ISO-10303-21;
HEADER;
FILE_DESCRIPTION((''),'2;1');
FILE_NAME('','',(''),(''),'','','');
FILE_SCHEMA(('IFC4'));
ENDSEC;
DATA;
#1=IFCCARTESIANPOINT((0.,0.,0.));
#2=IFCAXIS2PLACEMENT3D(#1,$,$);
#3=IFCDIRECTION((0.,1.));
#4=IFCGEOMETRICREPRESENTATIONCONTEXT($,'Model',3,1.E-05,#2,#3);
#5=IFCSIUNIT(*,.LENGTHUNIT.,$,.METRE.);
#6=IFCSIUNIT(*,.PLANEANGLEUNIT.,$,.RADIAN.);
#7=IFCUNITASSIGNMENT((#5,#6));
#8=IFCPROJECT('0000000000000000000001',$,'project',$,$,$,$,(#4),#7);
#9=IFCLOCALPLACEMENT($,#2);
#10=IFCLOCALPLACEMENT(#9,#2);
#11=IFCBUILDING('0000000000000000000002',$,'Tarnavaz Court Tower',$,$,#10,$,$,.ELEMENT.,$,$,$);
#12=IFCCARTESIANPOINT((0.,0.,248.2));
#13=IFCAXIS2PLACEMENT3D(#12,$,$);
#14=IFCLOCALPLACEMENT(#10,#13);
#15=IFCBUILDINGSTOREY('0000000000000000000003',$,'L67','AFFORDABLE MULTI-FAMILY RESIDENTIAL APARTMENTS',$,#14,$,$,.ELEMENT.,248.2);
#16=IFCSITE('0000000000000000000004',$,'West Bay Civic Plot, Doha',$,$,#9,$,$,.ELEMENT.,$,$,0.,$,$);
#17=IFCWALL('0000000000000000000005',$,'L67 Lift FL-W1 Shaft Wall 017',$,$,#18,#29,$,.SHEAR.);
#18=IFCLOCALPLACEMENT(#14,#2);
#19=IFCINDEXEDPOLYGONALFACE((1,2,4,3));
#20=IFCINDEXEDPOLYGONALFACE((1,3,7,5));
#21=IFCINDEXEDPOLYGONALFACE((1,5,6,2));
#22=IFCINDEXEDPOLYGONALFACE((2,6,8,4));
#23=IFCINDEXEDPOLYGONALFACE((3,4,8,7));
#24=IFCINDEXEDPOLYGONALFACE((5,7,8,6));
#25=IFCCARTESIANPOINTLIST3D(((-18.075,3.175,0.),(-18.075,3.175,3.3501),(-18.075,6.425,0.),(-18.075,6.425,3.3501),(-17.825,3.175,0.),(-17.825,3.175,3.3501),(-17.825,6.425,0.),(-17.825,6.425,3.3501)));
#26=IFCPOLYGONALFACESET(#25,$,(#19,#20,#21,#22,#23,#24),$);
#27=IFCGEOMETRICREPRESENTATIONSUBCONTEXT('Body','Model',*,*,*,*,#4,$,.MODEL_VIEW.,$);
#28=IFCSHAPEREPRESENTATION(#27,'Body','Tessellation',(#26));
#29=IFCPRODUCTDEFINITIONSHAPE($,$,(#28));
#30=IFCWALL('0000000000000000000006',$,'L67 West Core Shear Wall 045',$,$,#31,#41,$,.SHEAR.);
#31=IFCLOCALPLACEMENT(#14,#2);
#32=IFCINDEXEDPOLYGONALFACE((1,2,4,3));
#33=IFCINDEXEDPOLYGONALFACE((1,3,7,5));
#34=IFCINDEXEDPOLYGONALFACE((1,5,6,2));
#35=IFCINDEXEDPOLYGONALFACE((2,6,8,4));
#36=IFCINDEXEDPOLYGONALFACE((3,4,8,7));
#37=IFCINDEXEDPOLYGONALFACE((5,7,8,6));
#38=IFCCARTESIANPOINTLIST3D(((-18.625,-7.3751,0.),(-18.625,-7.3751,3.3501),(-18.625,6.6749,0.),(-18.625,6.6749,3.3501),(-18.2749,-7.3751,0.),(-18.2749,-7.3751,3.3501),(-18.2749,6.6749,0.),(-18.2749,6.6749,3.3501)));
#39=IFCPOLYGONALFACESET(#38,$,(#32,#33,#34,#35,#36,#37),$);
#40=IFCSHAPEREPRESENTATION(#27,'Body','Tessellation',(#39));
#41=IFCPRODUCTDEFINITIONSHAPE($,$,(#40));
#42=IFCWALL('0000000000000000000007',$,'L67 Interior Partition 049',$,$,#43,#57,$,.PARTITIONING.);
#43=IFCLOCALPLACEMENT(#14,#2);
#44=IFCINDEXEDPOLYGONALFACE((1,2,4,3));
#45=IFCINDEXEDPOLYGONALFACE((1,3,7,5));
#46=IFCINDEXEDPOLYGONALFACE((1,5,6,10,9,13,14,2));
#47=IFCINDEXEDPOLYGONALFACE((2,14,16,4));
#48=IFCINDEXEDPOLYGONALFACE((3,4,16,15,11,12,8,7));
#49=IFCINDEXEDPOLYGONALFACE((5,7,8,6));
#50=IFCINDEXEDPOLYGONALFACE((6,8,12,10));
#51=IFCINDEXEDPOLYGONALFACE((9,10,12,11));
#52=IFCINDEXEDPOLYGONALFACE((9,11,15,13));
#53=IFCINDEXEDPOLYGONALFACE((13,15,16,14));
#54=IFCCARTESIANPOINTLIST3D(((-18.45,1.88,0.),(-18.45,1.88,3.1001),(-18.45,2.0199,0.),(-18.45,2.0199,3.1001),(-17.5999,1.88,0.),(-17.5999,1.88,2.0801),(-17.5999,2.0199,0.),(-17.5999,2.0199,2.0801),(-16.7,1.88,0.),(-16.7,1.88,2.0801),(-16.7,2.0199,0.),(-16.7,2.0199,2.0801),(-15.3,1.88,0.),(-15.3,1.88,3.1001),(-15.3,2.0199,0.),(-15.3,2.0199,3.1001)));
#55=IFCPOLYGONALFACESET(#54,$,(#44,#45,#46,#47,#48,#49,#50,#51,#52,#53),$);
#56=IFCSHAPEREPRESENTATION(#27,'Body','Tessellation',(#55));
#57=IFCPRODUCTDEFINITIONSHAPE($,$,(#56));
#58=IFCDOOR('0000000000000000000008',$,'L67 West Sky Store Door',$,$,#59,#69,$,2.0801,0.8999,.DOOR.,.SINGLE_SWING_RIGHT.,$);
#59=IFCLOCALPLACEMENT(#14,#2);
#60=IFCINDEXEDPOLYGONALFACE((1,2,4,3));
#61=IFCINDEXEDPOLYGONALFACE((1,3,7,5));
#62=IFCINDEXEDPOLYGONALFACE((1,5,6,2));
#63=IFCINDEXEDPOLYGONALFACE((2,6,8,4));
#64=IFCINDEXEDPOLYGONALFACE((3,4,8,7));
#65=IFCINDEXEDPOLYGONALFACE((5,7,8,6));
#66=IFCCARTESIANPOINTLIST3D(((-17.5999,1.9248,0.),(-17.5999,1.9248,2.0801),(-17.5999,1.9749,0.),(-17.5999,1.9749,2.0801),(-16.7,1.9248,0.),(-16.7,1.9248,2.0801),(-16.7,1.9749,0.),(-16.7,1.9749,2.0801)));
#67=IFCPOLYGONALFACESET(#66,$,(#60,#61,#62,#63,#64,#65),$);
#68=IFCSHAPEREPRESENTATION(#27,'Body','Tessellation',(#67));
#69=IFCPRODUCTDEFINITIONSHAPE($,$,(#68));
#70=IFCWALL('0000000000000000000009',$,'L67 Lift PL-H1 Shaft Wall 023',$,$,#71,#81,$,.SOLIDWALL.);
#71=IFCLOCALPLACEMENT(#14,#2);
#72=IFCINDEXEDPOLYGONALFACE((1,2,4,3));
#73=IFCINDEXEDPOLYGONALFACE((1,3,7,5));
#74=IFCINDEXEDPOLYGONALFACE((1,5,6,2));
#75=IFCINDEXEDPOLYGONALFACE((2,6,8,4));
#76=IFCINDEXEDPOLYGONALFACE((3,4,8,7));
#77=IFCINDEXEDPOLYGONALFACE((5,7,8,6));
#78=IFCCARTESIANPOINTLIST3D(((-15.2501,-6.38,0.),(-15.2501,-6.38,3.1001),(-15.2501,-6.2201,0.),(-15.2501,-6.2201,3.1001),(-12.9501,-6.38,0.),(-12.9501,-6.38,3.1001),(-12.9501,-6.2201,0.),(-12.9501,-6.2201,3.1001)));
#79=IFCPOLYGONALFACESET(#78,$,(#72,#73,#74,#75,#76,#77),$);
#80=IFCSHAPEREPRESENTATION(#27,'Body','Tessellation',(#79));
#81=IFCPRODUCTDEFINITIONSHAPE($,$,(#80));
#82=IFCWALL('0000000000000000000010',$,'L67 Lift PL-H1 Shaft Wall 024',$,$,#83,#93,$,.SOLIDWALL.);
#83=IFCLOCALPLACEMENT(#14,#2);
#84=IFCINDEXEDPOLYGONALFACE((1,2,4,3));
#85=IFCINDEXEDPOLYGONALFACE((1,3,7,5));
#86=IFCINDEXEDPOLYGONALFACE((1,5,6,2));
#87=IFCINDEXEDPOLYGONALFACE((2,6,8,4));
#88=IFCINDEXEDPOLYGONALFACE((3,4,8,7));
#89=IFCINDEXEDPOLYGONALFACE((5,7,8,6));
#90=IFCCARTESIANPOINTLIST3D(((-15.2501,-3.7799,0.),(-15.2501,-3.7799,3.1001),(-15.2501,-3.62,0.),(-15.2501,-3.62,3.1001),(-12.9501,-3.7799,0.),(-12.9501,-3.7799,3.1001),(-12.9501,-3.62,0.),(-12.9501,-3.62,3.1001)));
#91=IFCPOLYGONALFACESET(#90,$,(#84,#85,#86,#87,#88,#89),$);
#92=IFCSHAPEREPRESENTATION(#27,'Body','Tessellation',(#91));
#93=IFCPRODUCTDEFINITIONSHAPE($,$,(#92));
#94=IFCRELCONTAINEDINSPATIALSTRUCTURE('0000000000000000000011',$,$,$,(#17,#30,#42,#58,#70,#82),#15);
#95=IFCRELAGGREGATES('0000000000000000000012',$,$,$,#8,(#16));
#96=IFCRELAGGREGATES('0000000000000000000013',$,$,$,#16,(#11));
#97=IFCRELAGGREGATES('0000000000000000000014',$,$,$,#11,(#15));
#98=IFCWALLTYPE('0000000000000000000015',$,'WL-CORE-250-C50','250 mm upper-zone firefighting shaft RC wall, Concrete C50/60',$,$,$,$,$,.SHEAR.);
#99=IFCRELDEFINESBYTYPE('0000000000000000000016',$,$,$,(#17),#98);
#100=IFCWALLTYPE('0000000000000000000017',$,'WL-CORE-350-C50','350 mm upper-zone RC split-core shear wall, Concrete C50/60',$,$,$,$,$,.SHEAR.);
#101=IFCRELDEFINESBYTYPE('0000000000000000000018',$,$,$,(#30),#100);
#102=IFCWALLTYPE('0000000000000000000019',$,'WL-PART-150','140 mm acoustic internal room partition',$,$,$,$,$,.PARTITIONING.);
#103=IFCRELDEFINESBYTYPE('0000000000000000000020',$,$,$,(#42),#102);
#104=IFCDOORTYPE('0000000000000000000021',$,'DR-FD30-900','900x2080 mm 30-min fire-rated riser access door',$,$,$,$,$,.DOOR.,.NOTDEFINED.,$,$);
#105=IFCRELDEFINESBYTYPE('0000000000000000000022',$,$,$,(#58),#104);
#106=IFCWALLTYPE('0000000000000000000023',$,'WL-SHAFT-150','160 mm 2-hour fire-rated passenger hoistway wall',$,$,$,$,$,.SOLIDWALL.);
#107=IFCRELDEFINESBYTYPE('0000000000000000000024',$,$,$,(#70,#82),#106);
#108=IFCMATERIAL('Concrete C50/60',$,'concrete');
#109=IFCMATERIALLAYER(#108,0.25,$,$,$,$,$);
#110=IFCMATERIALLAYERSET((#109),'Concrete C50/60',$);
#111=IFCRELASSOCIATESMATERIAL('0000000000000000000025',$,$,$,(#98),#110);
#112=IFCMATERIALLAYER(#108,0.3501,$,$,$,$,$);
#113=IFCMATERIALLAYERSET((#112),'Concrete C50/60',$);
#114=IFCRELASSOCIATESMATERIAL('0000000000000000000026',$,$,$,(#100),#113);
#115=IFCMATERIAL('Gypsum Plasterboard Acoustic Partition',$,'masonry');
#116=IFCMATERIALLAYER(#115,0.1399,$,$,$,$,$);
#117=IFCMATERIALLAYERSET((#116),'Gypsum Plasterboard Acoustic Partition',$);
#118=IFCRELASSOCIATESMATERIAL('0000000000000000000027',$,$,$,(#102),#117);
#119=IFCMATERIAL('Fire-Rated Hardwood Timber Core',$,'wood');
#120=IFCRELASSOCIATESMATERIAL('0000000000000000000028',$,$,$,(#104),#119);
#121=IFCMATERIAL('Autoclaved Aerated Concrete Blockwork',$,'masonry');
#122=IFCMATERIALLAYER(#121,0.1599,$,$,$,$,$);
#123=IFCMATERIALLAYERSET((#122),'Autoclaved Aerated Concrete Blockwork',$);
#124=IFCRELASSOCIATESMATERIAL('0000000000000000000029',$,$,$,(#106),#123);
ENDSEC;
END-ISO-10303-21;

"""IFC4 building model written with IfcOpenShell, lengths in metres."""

from ifc_helpers import new_model, si_unit, direction, frame, frame_2d, origin, place, context, subcontext, project, spatial, rectangle, extrude, material, layer, layer_set, type_object, element, fill, save


model = new_model("IFC4")

# Units and contexts
model_context = context("Model", 3, precision=1e-05, world=origin(), true_north=direction((0.0, 1.0)))
body_context = subcontext(model_context, "Body", "Model", "MODEL_VIEW")
ifc_project = project(units=[si_unit("LENGTHUNIT", "METRE"), si_unit("PLANEANGLEUNIT", "RADIAN")], contexts=[model_context])

# Site, building, storey
site_placement = place(None, origin())
site = spatial("IfcSite", under=ifc_project, at=site_placement, Name="West Bay Civic Plot, Doha", CompositionType="ELEMENT", RefElevation=0.0)
building_placement = place(site_placement, origin())
building = spatial("IfcBuilding", under=site, at=building_placement, Name="Tarnavaz Court Tower", CompositionType="ELEMENT")
storey_placement = place(building_placement, frame((0.0, 0.0, 248.2)))
storey = spatial("IfcBuildingStorey", under=building, at=storey_placement, Name="L67", Description="AFFORDABLE MULTI-FAMILY RESIDENTIAL APARTMENTS", CompositionType="ELEMENT", Elevation=248.2)

# Shared definitions
ifc_material_1 = material(Name="Concrete C50/60", Category="concrete")

# Walls
ifc_layer_1 = layer(ifc_material_1, 0.25)
ifc_layer_set_1 = layer_set([ifc_layer_1], Name="Concrete C50/60")
wall_type_1 = type_object("IfcWallType", Name="WL-CORE-250-C50", Description="250 mm upper-zone firefighting shaft RC wall, Concrete C50/60", PredefinedType="SHEAR", material=ifc_layer_set_1)
wall_1_placement = place(storey_placement, frame((-17.95, 3.175, 0.0), z_axis=(0.0, 0.0, 1.0), x_axis=(0.0, 1.0, 0.0)))
element("IfcWall", 1, at=wall_1_placement, inside=storey, type_object=wall_type_1, Name="L67 Lift FL-W1 Shaft Wall 017", PredefinedType="SHEAR", context=body_context, shape_type="SweptSolid", body=[
    extrude(rectangle(XDim=3.25, YDim=0.25, at=frame_2d((1.625, 0.0))), origin(), (0.0, 0.0, 1.0), 3.3501),
])
ifc_layer_2 = layer(ifc_material_1, 0.3501)
ifc_layer_set_2 = layer_set([ifc_layer_2], Name="Concrete C50/60")
wall_type_2 = type_object("IfcWallType", Name="WL-CORE-350-C50", Description="350 mm upper-zone RC split-core shear wall, Concrete C50/60", PredefinedType="SHEAR", material=ifc_layer_set_2)
wall_2_placement = place(storey_placement, frame((-18.45, -7.375, 0.0), z_axis=(0.0, 0.0, 1.0), x_axis=(0.0, 1.0, 0.0)))
element("IfcWall", 2, at=wall_2_placement, inside=storey, type_object=wall_type_2, Name="L67 West Core Shear Wall 045", PredefinedType="SHEAR", context=body_context, shape_type="SweptSolid", body=[
    extrude(rectangle(XDim=14.05, YDim=0.3501, at=frame_2d((7.0249, 0.0))), origin(), (0.0, 0.0, 1.0), 3.3501),
])

# Shared definitions
ifc_material_2 = material(Name="Fire-Rated Hardwood Timber Core", Category="wood")

# Wall, opening, door
ifc_material_3 = material(Name="Gypsum Plasterboard Acoustic Partition", Category="masonry")
ifc_layer_3 = layer(ifc_material_3, 0.1399)
ifc_layer_set_3 = layer_set([ifc_layer_3], Name="Gypsum Plasterboard Acoustic Partition")
wall_type_3 = type_object("IfcWallType", Name="WL-PART-150", Description="140 mm acoustic internal room partition", PredefinedType="PARTITIONING", material=ifc_layer_set_3)
wall_3_placement = place(storey_placement, frame((-18.45, 1.95, 0.0), z_axis=(0.0, 0.0, 1.0), x_axis=(1.0, 0.0, 0.0)))
wall_3 = element("IfcWall", 3, at=wall_3_placement, inside=storey, type_object=wall_type_3, Name="L67 Interior Partition 049", PredefinedType="PARTITIONING", context=body_context, shape_type="SweptSolid", body=[
    extrude(rectangle(XDim=3.1499, YDim=0.1399, at=frame_2d((1.575, 0.0))), origin(), (0.0, 0.0, 1.0), 3.1001),
])
opening_1_placement = place(wall_3_placement, frame((0.8501, 0.0, 0.0)))
opening_1 = element("IfcOpeningElement", 4, at=opening_1_placement, cuts=wall_3, PredefinedType="OPENING", context=body_context, shape_type="SweptSolid", body=[
    extrude(rectangle(XDim=0.8999, YDim=2.0801, at=frame_2d((0.45, 1.04))), frame((0.0, 0.0798, 0.0), z_axis=(0.0, -1.0, 0.0), x_axis=(1.0, 0.0, 0.0)), (0.0, 0.0, 1.0), 0.1599),
])
door_type_1 = type_object("IfcDoorType", Name="DR-FD30-900", Description="900x2080 mm 30-min fire-rated riser access door", OperationType="NOTDEFINED", PredefinedType="DOOR", material=ifc_material_2)
door_1_placement = place(opening_1_placement, origin())
door_1 = element("IfcDoor", 5, at=door_1_placement, inside=storey, type_object=door_type_1, Name="L67 West Sky Store Door", OperationType="SINGLE_SWING_RIGHT", OverallHeight=2.0801, OverallWidth=0.8999, PredefinedType="DOOR", context=body_context, shape_type="SweptSolid", body=[
    extrude(rectangle(XDim=0.8999, YDim=2.0801, at=frame_2d((0.45, 1.04))), frame((0.0, 0.0249, 0.0), z_axis=(0.0, -1.0, 0.0), x_axis=(1.0, 0.0, 0.0)), (0.0, 0.0, 1.0), 0.05),
])
fill(opening_1, door_1)
ifc_material_4 = material(Name="Autoclaved Aerated Concrete Blockwork", Category="masonry")
ifc_layer_4 = layer(ifc_material_4, 0.1599)
ifc_layer_set_4 = layer_set([ifc_layer_4], Name="Autoclaved Aerated Concrete Blockwork")
wall_type_4 = type_object("IfcWallType", Name="WL-SHAFT-150", Description="160 mm 2-hour fire-rated passenger hoistway wall", PredefinedType="SOLIDWALL", material=ifc_layer_set_4)

# Walls
for number, where, z_axis, x_axis, name in (
    (6, (-15.25, -6.3, 0.0), (0.0, 0.0, 1.0), (1.0, 0.0, 0.0), "L67 Lift PL-H1 Shaft Wall 023"),
    (7, (-15.25, -3.7, 0.0), (0.0, 0.0, 1.0), (1.0, 0.0, 0.0), "L67 Lift PL-H1 Shaft Wall 024"),
):
    element("IfcWall", number, at=place(storey_placement, frame(where, z_axis=z_axis, x_axis=x_axis)), inside=storey, type_object=wall_type_4, Name=name, PredefinedType="SOLIDWALL", context=body_context, shape_type="SweptSolid", body=[
        extrude(rectangle(XDim=2.3, YDim=0.1599, at=frame_2d((1.1499, 0.0))), origin(), (0.0, 0.0, 1.0), 3.1001),
    ])

save(model, "model.ifc")
